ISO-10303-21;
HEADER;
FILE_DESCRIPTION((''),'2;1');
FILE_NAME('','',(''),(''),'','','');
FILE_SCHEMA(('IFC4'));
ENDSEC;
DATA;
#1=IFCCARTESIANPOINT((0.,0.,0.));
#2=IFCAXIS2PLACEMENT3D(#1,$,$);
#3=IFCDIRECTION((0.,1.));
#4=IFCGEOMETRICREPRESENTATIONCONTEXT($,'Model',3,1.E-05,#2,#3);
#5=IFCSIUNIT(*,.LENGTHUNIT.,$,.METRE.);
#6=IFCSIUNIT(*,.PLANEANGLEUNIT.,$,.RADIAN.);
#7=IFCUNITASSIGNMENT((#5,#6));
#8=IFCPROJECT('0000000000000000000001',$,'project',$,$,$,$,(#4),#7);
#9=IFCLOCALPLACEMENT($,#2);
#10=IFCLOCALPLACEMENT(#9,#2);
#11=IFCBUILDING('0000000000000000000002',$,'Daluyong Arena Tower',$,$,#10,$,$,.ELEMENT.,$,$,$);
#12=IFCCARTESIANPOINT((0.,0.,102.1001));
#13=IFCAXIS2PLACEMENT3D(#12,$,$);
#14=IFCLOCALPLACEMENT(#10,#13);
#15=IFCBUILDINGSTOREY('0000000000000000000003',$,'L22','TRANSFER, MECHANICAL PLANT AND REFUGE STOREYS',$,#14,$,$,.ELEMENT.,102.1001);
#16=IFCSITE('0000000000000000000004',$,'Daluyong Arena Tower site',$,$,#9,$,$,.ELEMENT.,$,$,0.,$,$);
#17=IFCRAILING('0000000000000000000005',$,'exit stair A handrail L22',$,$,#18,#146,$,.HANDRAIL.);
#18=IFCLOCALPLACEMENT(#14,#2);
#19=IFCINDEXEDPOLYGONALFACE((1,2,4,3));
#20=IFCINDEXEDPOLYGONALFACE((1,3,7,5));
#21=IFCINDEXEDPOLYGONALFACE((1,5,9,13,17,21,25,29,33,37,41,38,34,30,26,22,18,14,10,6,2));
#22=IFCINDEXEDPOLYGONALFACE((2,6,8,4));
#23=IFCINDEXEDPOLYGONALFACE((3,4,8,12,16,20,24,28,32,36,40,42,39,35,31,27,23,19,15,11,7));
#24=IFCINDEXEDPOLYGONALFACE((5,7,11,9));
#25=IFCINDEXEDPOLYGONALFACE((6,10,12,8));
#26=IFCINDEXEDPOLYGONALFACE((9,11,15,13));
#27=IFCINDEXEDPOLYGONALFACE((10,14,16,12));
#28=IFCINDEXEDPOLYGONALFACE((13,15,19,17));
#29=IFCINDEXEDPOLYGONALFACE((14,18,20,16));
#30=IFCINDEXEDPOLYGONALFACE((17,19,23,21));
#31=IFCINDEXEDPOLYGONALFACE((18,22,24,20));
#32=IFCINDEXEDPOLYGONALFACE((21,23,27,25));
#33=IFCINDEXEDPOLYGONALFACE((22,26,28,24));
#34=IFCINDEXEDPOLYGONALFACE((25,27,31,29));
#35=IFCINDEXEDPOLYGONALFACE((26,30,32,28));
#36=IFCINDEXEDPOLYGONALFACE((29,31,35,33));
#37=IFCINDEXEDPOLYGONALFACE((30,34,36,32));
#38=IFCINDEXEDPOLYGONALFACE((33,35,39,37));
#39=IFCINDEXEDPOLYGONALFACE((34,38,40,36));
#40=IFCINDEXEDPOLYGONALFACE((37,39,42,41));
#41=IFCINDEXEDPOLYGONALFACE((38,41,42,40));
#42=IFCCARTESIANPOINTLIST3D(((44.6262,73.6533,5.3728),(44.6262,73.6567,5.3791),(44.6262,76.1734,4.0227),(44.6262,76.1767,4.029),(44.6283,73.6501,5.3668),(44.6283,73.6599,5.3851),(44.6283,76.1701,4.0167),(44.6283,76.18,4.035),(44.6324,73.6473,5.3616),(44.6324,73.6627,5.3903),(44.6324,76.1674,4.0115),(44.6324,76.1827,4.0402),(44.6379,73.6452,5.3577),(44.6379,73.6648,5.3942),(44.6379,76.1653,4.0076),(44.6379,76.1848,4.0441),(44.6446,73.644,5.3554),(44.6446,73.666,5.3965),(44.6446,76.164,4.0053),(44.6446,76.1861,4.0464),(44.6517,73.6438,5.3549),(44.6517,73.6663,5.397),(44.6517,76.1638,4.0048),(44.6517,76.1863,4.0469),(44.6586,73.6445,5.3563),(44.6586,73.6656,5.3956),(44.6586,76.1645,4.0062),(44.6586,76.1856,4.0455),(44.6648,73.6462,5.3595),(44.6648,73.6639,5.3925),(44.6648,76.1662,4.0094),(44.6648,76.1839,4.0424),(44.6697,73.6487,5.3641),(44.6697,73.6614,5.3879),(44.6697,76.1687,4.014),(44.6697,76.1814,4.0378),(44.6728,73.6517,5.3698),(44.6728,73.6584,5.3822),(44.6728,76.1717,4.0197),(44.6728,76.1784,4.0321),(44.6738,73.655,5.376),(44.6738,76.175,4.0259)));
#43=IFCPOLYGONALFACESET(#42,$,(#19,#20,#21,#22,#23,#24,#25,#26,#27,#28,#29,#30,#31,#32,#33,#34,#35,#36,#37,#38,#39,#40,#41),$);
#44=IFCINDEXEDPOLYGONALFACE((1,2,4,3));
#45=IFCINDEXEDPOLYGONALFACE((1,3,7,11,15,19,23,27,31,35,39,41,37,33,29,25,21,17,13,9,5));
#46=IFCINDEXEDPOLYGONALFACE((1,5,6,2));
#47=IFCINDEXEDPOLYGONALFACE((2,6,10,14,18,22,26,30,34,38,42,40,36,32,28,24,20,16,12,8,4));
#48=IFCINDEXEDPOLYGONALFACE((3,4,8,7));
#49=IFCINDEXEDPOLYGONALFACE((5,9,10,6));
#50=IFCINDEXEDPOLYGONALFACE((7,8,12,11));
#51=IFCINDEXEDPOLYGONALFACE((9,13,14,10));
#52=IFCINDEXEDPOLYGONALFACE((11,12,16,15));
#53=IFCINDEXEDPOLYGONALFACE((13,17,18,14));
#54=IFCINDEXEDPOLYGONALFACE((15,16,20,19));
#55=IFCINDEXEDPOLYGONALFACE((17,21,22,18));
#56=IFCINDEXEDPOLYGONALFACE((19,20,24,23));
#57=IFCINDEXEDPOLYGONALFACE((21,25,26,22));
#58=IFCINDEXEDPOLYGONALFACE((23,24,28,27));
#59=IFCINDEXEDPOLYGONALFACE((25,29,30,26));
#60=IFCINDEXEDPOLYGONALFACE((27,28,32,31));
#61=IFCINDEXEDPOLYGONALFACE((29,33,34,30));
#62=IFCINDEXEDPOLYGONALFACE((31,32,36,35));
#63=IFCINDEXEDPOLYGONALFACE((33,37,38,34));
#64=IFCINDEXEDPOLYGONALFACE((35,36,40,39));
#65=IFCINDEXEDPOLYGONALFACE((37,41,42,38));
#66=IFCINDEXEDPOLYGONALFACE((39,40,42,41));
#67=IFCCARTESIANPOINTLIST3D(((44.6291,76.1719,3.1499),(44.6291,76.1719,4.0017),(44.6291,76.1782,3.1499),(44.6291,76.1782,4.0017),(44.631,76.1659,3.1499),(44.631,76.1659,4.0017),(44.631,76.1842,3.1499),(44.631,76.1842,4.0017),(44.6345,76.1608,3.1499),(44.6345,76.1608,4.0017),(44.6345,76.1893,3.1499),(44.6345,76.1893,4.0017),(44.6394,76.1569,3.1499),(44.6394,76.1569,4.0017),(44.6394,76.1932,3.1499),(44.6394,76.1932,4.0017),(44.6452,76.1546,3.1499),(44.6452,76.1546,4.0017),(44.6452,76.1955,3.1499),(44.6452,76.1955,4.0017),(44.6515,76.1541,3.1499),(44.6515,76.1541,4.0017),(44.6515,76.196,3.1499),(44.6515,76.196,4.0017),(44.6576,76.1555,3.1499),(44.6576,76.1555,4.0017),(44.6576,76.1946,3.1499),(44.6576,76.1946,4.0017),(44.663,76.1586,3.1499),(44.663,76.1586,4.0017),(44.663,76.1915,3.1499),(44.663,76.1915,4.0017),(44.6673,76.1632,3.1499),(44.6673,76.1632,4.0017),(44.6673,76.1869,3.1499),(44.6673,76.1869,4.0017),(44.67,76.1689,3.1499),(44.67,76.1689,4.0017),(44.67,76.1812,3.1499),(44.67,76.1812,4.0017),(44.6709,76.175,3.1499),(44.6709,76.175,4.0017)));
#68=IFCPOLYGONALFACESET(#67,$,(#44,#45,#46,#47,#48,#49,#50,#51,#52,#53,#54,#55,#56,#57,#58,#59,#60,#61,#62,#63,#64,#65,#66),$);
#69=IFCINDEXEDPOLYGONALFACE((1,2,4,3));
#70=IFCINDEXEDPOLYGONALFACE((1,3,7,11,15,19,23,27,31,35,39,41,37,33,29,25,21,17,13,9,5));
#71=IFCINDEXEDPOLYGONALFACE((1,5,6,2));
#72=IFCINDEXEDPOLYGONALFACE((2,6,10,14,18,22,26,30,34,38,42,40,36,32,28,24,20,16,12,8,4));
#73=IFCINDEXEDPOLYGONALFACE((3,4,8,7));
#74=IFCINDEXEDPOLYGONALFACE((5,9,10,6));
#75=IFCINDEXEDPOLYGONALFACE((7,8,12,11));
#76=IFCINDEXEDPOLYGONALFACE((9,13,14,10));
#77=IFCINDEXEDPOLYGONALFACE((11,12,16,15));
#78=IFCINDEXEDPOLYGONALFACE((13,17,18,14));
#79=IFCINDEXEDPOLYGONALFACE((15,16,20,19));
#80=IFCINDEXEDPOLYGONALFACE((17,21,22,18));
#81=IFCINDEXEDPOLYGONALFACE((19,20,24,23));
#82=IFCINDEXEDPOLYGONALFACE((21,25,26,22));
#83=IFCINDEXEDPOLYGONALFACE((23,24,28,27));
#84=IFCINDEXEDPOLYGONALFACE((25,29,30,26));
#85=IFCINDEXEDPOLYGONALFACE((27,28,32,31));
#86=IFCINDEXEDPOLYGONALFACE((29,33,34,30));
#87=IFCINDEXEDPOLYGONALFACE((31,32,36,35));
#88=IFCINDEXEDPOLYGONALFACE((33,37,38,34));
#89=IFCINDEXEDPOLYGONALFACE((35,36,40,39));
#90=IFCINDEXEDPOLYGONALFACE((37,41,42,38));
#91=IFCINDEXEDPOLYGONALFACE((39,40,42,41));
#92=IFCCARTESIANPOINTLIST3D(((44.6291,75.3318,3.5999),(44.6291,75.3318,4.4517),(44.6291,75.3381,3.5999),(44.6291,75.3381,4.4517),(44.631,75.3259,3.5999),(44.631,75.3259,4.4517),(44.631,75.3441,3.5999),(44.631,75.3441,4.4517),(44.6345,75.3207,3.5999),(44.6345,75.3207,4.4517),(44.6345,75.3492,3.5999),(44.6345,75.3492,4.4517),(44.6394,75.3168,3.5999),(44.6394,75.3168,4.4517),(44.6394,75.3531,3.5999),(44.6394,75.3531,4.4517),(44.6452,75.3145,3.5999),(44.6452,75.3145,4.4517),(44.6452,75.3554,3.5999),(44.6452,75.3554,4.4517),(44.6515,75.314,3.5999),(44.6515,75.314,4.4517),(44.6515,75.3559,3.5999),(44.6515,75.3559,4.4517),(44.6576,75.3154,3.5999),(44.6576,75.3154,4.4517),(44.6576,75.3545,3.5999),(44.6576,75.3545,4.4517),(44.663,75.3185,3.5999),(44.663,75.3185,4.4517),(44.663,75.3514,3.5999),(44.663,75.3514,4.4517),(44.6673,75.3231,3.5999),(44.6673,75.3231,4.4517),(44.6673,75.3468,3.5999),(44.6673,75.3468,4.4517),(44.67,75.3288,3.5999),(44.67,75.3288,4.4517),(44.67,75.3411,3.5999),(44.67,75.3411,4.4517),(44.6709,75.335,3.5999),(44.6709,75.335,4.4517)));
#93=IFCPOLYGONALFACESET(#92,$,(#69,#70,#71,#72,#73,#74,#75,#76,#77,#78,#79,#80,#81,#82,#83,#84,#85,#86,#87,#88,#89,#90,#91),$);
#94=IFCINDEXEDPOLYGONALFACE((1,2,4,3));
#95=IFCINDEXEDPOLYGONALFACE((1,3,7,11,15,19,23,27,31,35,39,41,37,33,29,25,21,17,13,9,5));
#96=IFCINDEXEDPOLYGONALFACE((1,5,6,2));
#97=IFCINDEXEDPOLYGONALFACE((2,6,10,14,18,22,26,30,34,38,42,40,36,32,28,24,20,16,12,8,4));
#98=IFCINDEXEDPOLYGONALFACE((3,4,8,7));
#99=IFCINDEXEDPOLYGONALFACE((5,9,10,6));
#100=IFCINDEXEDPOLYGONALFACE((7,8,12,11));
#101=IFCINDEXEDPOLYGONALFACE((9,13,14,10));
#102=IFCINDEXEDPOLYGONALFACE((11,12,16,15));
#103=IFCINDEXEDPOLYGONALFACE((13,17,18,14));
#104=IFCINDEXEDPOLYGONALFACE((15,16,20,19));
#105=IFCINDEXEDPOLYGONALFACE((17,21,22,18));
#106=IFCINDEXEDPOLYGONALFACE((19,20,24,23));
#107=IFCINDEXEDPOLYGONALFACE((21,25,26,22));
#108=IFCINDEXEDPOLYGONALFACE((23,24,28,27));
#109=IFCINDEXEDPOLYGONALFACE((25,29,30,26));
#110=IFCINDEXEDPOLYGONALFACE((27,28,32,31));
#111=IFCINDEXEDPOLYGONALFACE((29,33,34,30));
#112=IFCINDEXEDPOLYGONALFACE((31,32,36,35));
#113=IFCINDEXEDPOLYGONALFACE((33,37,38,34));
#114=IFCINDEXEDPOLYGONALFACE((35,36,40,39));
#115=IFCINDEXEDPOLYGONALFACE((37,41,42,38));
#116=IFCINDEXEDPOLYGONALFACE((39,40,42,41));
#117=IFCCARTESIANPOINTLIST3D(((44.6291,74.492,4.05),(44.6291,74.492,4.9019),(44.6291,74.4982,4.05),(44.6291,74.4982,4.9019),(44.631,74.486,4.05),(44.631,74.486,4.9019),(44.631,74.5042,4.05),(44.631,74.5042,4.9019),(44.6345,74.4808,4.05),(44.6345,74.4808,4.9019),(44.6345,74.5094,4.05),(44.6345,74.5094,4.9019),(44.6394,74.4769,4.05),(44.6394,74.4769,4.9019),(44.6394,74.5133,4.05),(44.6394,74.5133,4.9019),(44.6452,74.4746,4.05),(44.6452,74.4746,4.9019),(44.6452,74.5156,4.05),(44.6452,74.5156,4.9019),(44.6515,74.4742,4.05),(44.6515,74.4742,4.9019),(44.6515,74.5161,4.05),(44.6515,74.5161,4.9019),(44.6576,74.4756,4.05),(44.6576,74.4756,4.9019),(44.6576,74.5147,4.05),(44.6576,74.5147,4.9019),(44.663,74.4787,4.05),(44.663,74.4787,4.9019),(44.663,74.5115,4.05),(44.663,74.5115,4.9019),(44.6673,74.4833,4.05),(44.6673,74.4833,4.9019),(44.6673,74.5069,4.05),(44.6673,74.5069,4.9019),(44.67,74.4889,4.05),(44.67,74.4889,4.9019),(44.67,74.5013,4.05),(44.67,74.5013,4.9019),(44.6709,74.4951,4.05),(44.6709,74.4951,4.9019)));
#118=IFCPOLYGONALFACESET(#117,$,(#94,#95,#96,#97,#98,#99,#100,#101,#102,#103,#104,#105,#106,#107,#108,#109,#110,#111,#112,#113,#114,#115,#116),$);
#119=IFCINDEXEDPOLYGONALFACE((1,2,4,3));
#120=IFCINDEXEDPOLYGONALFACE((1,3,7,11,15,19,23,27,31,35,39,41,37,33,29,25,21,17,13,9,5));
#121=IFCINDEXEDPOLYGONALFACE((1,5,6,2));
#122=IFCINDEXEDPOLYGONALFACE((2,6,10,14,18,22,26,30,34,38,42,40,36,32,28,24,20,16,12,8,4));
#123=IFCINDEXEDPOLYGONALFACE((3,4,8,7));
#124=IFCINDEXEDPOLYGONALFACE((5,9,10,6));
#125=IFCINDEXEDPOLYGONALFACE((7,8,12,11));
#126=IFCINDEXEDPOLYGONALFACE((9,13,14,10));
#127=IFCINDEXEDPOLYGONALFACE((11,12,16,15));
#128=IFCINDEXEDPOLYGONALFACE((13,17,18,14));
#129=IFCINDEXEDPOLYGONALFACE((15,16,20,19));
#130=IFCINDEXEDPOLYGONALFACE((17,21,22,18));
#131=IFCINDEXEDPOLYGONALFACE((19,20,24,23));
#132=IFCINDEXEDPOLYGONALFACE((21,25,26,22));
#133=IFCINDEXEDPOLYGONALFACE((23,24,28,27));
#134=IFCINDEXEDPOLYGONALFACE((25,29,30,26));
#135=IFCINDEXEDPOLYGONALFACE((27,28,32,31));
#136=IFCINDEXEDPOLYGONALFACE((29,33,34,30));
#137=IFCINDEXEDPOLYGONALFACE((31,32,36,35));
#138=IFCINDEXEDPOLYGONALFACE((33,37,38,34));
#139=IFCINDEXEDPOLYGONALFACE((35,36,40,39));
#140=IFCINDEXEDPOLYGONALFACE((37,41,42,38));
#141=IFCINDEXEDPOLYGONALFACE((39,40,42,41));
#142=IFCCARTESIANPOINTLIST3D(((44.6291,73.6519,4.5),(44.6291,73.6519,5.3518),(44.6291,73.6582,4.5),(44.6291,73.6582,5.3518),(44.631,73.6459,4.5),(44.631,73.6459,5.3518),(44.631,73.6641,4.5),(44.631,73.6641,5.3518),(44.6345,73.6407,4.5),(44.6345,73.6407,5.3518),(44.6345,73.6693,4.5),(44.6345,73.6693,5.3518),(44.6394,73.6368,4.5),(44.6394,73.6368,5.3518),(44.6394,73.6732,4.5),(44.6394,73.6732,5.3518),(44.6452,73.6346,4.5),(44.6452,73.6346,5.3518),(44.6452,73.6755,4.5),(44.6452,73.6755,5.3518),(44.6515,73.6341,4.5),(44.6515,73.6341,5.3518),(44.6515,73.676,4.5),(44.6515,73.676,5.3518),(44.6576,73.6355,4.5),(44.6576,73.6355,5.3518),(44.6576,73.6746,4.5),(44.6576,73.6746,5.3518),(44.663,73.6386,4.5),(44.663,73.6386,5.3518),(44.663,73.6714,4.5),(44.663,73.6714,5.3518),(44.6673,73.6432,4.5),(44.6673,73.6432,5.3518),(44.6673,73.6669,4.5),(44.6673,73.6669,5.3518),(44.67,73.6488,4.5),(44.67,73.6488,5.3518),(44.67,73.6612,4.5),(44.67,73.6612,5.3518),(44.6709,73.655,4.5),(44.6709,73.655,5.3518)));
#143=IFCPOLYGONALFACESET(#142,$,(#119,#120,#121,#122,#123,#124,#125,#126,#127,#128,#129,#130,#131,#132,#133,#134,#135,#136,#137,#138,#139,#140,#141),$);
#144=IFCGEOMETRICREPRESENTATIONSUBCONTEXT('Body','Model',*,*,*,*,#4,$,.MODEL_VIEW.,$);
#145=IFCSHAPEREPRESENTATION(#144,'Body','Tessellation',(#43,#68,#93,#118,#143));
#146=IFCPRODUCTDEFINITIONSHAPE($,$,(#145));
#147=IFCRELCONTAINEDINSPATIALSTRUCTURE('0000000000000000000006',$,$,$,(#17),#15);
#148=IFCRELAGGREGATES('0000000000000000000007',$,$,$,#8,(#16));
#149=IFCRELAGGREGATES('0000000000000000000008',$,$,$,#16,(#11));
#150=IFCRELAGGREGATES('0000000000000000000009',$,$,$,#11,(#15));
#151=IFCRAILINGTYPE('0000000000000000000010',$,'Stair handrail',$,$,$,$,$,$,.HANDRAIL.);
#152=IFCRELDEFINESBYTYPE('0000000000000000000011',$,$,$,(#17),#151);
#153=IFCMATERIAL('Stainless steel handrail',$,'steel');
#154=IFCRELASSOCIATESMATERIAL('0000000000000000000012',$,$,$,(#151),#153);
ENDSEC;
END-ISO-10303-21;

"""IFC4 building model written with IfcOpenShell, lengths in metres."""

from ifc_helpers import new_model, si_unit, direction, frame, origin, origin_2d, place, context, subcontext, project, spatial, circle, extrude, material, type_object, element, save


model = new_model("IFC4")

# Units and contexts
model_context = context("Model", 3, precision=1e-05, world=origin(), true_north=direction((0.0, 1.0)))
body_context = subcontext(model_context, "Body", "Model", "MODEL_VIEW")
ifc_project = project(units=[si_unit("LENGTHUNIT", "METRE"), si_unit("PLANEANGLEUNIT", "RADIAN")], contexts=[model_context])

# Site, building, storey
site_placement = place(None, origin())
site = spatial("IfcSite", under=ifc_project, at=site_placement, Name="Daluyong Arena Tower site", CompositionType="ELEMENT", RefElevation=0.0)
building_placement = place(site_placement, origin())
building = spatial("IfcBuilding", under=site, at=building_placement, Name="Daluyong Arena Tower", CompositionType="ELEMENT")
storey_placement = place(building_placement, frame((0.0, 0.0, 102.1001)))
storey = spatial("IfcBuildingStorey", under=building, at=storey_placement, Name="L22", Description="TRANSFER, MECHANICAL PLANT AND REFUGE STOREYS", CompositionType="ELEMENT", Elevation=102.1001)

# Railing
ifc_material_1 = material(Name="Stainless steel handrail", Category="steel")
railing_type_1 = type_object("IfcRailingType", Name="Stair handrail", PredefinedType="HANDRAIL", material=ifc_material_1)
railing_1_placement = place(storey_placement, frame((44.6499, 76.175, 3.1499)))
element("IfcRailing", 1, at=railing_1_placement, inside=storey, type_object=railing_type_1, Name="exit stair A handrail L22", PredefinedType="HANDRAIL", context=body_context, shape_type="SweptSolid", body=[
    extrude(circle(Radius=0.0239, at=origin_2d()), frame((0.0, 0.0, 0.876), z_axis=(0.0, -0.881467, 0.472245), x_axis=(1.0, 0.0, 0.0)), (0.0, 0.0, 1.0), 2.8589),
    extrude(circle(Radius=0.021, at=origin_2d()), origin(), (0.0, 0.0, 1.0), 0.8518),
    extrude(circle(Radius=0.021, at=origin_2d()), frame((0.0, -0.8401, 0.45)), (0.0, 0.0, 1.0), 0.8518),
    extrude(circle(Radius=0.021, at=origin_2d()), frame((0.0, -1.6799, 0.9001)), (0.0, 0.0, 1.0), 0.8518),
    extrude(circle(Radius=0.021, at=origin_2d()), frame((0.0, -2.52, 1.3501)), (0.0, 0.0, 1.0), 0.8518),
])

save(model, "model.ifc")
